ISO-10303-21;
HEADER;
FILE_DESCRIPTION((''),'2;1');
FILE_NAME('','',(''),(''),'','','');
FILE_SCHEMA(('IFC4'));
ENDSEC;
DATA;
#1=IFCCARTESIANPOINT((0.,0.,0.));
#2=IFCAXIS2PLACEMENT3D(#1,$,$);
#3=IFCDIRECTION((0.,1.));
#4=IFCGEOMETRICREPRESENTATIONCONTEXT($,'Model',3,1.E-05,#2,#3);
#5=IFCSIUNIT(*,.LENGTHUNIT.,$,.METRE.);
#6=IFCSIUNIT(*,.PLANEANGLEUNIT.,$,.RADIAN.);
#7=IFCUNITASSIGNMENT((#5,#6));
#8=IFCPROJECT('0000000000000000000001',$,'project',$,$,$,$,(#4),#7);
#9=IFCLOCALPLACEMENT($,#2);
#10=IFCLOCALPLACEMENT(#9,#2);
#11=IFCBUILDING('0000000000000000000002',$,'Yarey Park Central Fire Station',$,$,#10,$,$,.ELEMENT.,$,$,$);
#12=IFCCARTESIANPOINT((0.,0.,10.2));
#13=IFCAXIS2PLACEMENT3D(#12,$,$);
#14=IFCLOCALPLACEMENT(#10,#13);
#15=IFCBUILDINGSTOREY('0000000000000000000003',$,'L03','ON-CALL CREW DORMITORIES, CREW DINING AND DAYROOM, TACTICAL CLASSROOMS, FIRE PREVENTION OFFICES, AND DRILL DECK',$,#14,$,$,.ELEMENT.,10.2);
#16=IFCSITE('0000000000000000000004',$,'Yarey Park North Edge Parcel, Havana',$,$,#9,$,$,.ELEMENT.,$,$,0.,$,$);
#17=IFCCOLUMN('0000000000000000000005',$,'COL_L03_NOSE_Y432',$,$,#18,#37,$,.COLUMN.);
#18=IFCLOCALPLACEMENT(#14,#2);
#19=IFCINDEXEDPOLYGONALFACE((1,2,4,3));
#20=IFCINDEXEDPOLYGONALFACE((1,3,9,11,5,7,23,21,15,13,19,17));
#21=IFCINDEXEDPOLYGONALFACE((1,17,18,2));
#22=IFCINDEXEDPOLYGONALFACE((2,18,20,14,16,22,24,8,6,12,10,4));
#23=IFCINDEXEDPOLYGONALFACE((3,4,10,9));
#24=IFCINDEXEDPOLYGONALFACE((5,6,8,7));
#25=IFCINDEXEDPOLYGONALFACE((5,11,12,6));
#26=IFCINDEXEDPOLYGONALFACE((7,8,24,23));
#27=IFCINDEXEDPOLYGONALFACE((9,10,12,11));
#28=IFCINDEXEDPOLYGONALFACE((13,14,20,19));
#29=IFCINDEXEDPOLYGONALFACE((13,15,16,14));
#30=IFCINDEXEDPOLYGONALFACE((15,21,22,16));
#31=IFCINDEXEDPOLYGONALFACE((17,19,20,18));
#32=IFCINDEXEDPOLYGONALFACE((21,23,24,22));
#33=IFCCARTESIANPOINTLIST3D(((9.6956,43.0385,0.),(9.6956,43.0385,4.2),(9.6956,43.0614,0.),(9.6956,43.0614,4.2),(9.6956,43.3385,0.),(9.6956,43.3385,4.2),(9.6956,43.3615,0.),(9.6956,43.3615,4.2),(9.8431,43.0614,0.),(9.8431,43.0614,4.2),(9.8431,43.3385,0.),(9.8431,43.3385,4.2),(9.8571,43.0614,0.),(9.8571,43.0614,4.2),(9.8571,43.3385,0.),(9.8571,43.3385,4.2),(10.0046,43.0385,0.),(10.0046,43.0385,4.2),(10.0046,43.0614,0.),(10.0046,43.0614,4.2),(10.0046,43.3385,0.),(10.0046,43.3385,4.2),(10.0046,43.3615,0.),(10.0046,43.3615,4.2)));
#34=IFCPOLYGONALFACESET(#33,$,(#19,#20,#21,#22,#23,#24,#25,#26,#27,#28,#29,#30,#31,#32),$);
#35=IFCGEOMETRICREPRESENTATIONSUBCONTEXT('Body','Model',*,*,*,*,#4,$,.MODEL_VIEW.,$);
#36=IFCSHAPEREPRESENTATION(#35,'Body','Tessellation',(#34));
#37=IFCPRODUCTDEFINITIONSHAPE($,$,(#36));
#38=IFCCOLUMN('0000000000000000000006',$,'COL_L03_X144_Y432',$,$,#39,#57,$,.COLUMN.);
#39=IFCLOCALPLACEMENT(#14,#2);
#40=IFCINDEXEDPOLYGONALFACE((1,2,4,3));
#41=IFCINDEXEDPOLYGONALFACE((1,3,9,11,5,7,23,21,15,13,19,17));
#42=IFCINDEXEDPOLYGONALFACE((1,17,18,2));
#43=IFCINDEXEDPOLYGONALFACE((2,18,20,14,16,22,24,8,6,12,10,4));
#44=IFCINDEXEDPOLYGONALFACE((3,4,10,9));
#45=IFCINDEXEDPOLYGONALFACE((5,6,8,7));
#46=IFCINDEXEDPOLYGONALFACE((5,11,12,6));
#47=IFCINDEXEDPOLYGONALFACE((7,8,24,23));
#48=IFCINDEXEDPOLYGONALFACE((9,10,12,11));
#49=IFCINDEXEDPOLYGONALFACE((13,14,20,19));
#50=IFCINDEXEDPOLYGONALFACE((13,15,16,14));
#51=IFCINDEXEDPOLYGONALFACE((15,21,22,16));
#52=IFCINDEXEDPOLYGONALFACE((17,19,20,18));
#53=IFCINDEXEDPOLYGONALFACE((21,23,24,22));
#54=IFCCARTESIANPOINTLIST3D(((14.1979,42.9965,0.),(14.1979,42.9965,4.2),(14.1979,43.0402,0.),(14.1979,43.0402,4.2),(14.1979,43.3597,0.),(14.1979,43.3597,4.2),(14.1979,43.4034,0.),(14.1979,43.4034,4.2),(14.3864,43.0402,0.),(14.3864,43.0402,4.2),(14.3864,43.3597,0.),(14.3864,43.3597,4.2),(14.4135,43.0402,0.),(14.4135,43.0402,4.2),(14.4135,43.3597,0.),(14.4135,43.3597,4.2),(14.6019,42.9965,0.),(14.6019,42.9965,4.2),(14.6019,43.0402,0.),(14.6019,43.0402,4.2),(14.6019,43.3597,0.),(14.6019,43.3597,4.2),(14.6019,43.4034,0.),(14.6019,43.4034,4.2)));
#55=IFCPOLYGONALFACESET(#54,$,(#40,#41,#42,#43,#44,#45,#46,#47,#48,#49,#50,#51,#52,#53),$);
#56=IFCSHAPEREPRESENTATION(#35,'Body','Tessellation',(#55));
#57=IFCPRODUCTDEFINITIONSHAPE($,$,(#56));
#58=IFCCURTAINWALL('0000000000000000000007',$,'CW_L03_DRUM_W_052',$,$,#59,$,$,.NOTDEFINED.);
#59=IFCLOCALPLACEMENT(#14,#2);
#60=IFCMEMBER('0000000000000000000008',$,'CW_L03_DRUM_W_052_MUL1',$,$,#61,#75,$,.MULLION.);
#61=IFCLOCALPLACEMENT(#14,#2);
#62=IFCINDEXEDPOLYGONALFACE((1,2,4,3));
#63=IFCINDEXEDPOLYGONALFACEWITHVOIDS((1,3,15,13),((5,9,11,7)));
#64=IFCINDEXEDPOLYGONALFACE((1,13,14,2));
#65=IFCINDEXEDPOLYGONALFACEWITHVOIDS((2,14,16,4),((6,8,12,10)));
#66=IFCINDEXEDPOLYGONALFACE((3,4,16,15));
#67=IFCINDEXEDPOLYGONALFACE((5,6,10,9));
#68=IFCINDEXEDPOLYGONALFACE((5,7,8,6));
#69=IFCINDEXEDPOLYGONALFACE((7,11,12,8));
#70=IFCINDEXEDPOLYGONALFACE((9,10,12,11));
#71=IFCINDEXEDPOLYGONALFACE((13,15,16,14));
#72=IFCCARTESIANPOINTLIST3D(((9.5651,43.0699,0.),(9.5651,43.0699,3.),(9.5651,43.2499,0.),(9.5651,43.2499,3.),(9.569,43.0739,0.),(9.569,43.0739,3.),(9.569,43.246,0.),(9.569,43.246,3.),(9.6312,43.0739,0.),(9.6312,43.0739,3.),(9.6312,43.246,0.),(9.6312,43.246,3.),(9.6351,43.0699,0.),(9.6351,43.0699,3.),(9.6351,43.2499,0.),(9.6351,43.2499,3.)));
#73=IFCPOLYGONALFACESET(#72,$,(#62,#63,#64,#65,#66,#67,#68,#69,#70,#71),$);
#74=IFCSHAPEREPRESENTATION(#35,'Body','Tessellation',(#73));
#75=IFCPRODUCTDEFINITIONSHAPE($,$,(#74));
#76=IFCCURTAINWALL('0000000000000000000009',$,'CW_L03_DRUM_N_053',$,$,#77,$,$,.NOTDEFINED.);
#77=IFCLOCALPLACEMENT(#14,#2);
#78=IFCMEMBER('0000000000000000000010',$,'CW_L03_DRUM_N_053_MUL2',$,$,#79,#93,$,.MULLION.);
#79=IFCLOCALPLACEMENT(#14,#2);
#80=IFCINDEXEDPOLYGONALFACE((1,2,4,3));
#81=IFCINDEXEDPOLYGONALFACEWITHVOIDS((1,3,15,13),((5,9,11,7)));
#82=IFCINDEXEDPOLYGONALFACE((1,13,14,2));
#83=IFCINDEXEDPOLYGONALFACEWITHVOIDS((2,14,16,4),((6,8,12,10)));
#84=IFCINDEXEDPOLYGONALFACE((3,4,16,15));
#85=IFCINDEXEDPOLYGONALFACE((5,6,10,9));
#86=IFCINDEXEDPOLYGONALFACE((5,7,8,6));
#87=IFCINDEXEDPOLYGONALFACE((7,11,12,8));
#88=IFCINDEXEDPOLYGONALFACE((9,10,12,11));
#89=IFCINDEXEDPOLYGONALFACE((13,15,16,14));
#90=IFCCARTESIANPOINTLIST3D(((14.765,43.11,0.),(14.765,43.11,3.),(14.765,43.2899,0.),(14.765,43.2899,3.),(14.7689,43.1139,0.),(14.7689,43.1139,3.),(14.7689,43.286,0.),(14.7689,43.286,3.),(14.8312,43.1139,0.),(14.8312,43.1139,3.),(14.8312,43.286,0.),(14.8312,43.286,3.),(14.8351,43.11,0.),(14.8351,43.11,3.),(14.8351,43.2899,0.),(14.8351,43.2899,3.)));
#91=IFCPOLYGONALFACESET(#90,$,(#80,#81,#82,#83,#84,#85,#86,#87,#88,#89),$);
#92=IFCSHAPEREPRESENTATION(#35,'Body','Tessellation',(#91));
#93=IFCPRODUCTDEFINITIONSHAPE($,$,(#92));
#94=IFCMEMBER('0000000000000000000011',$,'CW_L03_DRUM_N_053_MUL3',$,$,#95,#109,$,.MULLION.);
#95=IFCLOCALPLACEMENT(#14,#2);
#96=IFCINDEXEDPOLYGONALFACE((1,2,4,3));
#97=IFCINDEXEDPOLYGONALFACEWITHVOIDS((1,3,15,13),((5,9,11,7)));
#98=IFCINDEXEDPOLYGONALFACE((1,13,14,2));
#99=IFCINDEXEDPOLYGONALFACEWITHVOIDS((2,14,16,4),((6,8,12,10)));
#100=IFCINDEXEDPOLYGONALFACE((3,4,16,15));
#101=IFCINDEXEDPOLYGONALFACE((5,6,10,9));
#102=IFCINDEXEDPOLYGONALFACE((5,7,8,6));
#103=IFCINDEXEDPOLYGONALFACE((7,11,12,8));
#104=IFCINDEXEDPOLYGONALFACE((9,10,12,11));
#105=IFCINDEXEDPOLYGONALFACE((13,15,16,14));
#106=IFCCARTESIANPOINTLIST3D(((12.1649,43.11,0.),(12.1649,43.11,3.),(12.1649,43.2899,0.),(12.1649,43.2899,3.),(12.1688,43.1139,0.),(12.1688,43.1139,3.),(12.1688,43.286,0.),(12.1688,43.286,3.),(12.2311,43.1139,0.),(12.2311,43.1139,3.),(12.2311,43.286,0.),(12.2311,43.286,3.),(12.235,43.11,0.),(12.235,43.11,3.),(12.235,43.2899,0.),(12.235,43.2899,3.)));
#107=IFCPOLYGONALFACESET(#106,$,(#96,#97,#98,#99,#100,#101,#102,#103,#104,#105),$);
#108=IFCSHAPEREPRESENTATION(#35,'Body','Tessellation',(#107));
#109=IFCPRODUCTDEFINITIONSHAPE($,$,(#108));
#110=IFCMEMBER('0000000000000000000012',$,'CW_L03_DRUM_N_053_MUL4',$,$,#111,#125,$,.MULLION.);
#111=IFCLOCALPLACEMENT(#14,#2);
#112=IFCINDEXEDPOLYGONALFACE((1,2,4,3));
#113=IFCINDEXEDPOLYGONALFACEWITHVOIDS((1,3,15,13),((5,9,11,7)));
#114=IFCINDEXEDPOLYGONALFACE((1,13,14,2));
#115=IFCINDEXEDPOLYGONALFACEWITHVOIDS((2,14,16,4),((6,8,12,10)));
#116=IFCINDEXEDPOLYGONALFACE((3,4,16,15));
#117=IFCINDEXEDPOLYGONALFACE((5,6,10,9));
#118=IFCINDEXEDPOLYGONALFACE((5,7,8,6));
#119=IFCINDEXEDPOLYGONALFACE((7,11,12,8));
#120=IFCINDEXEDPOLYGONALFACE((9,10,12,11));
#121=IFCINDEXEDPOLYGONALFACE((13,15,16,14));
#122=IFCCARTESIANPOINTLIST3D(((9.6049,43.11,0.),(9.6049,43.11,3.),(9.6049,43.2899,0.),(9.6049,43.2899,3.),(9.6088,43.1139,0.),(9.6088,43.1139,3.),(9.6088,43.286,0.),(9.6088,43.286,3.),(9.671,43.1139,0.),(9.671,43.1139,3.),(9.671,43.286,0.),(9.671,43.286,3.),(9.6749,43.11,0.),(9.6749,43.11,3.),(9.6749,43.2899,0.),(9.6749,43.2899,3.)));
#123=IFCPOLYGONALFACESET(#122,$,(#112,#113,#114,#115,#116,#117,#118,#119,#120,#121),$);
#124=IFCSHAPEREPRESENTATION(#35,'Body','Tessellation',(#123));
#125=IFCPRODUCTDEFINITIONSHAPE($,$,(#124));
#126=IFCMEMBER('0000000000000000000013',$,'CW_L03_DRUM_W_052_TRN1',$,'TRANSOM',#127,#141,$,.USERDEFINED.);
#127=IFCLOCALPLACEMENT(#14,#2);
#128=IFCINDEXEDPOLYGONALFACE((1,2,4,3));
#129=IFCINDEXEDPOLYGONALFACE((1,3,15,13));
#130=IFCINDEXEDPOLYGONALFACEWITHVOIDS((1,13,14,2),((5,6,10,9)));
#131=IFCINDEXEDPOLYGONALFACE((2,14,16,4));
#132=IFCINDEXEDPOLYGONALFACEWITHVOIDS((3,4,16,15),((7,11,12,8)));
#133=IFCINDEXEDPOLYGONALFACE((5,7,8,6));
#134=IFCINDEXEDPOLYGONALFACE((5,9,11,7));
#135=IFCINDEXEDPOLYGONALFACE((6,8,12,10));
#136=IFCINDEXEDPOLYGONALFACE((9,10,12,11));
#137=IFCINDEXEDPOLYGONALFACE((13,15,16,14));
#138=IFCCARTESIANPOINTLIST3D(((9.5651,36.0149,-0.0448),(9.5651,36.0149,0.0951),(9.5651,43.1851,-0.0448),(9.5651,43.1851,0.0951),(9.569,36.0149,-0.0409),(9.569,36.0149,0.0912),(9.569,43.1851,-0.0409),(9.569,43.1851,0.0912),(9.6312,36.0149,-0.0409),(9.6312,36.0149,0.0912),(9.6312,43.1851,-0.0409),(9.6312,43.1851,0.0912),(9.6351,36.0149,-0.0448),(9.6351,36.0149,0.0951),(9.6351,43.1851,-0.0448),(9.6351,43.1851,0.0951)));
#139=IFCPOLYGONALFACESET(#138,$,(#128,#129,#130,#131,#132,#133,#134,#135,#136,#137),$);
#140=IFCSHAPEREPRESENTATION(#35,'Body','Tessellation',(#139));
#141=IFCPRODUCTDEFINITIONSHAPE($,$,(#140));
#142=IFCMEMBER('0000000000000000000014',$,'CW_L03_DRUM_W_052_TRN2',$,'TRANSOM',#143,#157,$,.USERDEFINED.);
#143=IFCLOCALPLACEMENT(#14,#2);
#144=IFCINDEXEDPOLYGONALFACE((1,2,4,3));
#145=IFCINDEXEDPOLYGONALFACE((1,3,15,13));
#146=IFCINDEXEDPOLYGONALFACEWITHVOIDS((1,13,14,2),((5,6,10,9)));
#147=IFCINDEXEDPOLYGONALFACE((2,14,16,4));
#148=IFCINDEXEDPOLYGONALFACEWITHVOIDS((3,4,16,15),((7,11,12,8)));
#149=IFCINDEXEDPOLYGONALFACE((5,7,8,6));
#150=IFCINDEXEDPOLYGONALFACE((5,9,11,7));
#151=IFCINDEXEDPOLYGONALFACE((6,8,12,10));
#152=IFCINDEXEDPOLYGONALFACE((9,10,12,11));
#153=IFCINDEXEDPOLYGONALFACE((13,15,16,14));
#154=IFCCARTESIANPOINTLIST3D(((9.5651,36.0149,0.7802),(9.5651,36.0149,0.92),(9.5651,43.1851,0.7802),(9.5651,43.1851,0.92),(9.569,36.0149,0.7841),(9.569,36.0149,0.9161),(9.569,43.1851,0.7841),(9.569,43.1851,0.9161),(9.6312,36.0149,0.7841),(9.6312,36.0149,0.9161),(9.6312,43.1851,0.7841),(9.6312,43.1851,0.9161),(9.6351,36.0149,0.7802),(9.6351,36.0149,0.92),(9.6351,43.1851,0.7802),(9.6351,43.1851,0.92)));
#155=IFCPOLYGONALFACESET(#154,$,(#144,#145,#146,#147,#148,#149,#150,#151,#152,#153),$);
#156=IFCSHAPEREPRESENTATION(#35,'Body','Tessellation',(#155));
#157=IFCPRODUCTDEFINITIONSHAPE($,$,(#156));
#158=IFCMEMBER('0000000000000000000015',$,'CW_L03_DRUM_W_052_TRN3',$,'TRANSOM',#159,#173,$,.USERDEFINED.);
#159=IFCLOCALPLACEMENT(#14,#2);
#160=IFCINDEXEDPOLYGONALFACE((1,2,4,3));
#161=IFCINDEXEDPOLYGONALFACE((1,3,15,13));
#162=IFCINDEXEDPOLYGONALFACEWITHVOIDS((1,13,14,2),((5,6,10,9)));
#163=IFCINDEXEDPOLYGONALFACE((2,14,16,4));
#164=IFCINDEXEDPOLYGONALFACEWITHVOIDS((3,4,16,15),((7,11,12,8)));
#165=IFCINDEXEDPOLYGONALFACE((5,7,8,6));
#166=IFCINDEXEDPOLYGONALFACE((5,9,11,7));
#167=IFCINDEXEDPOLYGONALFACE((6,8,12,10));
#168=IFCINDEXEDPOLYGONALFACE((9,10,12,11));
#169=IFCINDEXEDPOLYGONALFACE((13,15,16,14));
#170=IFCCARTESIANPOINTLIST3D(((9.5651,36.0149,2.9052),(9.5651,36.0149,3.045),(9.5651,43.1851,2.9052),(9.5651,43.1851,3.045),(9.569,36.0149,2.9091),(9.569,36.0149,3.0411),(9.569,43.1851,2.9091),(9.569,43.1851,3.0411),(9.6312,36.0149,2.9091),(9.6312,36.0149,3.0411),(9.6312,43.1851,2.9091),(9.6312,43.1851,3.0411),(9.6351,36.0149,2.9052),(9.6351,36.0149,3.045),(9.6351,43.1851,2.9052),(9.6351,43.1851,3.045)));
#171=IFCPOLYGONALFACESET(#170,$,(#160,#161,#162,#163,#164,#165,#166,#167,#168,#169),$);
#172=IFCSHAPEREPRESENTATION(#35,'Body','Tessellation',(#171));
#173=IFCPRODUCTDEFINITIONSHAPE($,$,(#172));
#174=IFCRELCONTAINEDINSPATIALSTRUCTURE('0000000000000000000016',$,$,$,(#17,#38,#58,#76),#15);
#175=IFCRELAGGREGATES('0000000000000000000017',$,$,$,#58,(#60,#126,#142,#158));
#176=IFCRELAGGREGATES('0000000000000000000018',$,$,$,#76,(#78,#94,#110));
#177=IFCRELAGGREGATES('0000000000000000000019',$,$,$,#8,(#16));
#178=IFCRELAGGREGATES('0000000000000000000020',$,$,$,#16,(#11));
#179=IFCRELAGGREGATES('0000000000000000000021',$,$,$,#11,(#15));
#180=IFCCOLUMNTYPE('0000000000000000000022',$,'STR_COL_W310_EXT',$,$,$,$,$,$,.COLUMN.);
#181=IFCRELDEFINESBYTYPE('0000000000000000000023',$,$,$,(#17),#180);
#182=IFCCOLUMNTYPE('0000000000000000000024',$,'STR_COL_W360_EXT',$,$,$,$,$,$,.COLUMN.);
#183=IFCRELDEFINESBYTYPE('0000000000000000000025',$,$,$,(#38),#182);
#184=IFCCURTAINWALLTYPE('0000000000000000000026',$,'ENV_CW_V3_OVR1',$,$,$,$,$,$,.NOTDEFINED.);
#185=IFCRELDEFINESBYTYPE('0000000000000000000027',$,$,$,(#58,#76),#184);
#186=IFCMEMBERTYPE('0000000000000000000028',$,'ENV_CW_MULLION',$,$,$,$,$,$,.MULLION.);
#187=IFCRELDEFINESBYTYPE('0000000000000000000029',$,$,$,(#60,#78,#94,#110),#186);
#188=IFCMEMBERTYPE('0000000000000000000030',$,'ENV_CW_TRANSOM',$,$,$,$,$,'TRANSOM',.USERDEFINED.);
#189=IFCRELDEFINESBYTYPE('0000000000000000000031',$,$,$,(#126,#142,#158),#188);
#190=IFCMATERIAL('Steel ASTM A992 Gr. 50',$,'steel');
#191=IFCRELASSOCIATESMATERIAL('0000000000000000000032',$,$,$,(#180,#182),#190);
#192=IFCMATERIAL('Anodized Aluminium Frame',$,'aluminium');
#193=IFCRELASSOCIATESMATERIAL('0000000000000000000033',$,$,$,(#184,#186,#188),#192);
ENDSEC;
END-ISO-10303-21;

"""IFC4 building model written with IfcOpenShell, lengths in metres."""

from ifc_helpers import new_model, si_unit, direction, frame, origin, origin_2d, place, context, subcontext, project, spatial, hollow_rectangle, i_section, extrude, material, material_profile, profile_set, type_object, element, aggregate, save


model = new_model("IFC4")

# Units and contexts
model_context = context("Model", 3, precision=1e-05, world=origin(), true_north=direction((0.0, 1.0)))
body_context = subcontext(model_context, "Body", "Model", "MODEL_VIEW")
ifc_project = project(units=[si_unit("LENGTHUNIT", "METRE"), si_unit("PLANEANGLEUNIT", "RADIAN")], contexts=[model_context])

# Site, building, storey
site_placement = place(None, origin())
site = spatial("IfcSite", under=ifc_project, at=site_placement, Name="Yarey Park North Edge Parcel, Havana", CompositionType="ELEMENT", RefElevation=0.0)
building_placement = place(site_placement, origin())
building = spatial("IfcBuilding", under=site, at=building_placement, Name="Yarey Park Central Fire Station", CompositionType="ELEMENT")
storey_placement = place(building_placement, frame((0.0, 0.0, 10.2)))
storey = spatial("IfcBuildingStorey", under=building, at=storey_placement, Name="L03", Description="ON-CALL CREW DORMITORIES, CREW DINING AND DAYROOM, TACTICAL CLASSROOMS, FIRE PREVENTION OFFICES, AND DRILL DECK", CompositionType="ELEMENT", Elevation=10.2)

# Columns
ifc_material_1 = material(Name="Steel ASTM A992 Gr. 50", Category="steel")
ifc_material_profile_1 = material_profile(ifc_material_1, i_section(OverallWidth=0.3091, OverallDepth=0.323, WebThickness=0.0139, FlangeThickness=0.0229, at=origin_2d()), Name="W310x143")
ifc_profile_set_1 = profile_set([ifc_material_profile_1], Name="Steel ASTM A992 Gr. 50")
column_type_1 = type_object("IfcColumnType", Name="STR_COL_W310_EXT", PredefinedType="COLUMN", material=ifc_profile_set_1)
column_1_placement = place(storey_placement, frame((9.8501, 43.2, 0.0), z_axis=(0.0, 0.0, 1.0), x_axis=(1.0, 0.0, 0.0)))
element("IfcColumn", 1, at=column_1_placement, inside=storey, type_object=column_type_1, Name="COL_L03_NOSE_Y432", PredefinedType="COLUMN", context=body_context, shape_type="SweptSolid", body=[
    extrude(i_section(OverallWidth=0.3091, OverallDepth=0.323, WebThickness=0.0139, FlangeThickness=0.0229, at=origin_2d()), origin(), (0.0, 0.0, 1.0), 4.2),
])
ifc_material_profile_2 = material_profile(ifc_material_1, i_section(OverallWidth=0.4041, OverallDepth=0.407, WebThickness=0.0271, FlangeThickness=0.0437, at=origin_2d()), Name="W360x347")
ifc_profile_set_2 = profile_set([ifc_material_profile_2], Name="Steel ASTM A992 Gr. 50")
column_type_2 = type_object("IfcColumnType", Name="STR_COL_W360_EXT", PredefinedType="COLUMN", material=ifc_profile_set_2)
column_2_placement = place(storey_placement, frame((14.3999, 43.2, 0.0), z_axis=(0.0, 0.0, 1.0), x_axis=(1.0, 0.0, 0.0)))
element("IfcColumn", 2, at=column_2_placement, inside=storey, type_object=column_type_2, Name="COL_L03_X144_Y432", PredefinedType="COLUMN", context=body_context, shape_type="SweptSolid", body=[
    extrude(i_section(OverallWidth=0.4041, OverallDepth=0.407, WebThickness=0.0271, FlangeThickness=0.0437, at=origin_2d()), origin(), (0.0, 0.0, 1.0), 4.2),
])

# Curtain wall, member
ifc_material_2 = material(Name="Anodized Aluminium Frame", Category="aluminium")
curtain_wall_type = type_object("IfcCurtainWallType", Name="ENV_CW_V3_OVR1", PredefinedType="NOTDEFINED", material=ifc_material_2)
curtain_wall_1_placement = place(storey_placement, origin())
curtain_wall_1 = element("IfcCurtainWall", 3, at=curtain_wall_1_placement, inside=storey, type_object=curtain_wall_type, Name="CW_L03_DRUM_W_052", PredefinedType="NOTDEFINED")
ifc_material_profile_3 = material_profile(ifc_material_2, hollow_rectangle(XDim=0.0701, YDim=0.1799, WallThickness=0.0039, at=origin_2d()), Name="ALU 180x70x4")
ifc_profile_set_3 = profile_set([ifc_material_profile_3], Name="Anodized Aluminium Frame")
member_type_1 = type_object("IfcMemberType", Name="ENV_CW_MULLION", PredefinedType="MULLION", material=ifc_profile_set_3)
member_1_placement = place(storey_placement, frame((9.6001, 43.1599, 0.0), z_axis=(0.0, 0.0, 1.0), x_axis=(1.0, 0.0, 0.0)))
member_1 = element("IfcMember", 4, at=member_1_placement, type_object=member_type_1, Name="CW_L03_DRUM_W_052_MUL1", PredefinedType="MULLION", context=body_context, shape_type="SweptSolid", body=[
    extrude(hollow_rectangle(XDim=0.0701, YDim=0.1799, WallThickness=0.0039, at=origin_2d()), origin(), (0.0, 0.0, 1.0), 3.0),
])

# Curtain wall, members
curtain_wall_2_placement = place(storey_placement, origin())
curtain_wall_2 = element("IfcCurtainWall", 5, at=curtain_wall_2_placement, inside=storey, type_object=curtain_wall_type, Name="CW_L03_DRUM_N_053", PredefinedType="NOTDEFINED")
member_2_placement = place(storey_placement, frame((14.8, 43.2, 0.0), z_axis=(0.0, 0.0, 1.0), x_axis=(1.0, 0.0, 0.0)))
member_2 = element("IfcMember", 6, at=member_2_placement, type_object=member_type_1, Name="CW_L03_DRUM_N_053_MUL2", PredefinedType="MULLION", context=body_context, shape_type="SweptSolid", body=[
    extrude(hollow_rectangle(XDim=0.0701, YDim=0.1799, WallThickness=0.0039, at=origin_2d()), origin(), (0.0, 0.0, 1.0), 3.0),
])
member_3_placement = place(storey_placement, frame((12.2, 43.2, 0.0), z_axis=(0.0, 0.0, 1.0), x_axis=(1.0, 0.0, 0.0)))
member_3 = element("IfcMember", 7, at=member_3_placement, type_object=member_type_1, Name="CW_L03_DRUM_N_053_MUL3", PredefinedType="MULLION", context=body_context, shape_type="SweptSolid", body=[
    extrude(hollow_rectangle(XDim=0.0701, YDim=0.1799, WallThickness=0.0039, at=origin_2d()), origin(), (0.0, 0.0, 1.0), 3.0),
])
member_4_placement = place(storey_placement, frame((9.6399, 43.2, 0.0), z_axis=(0.0, 0.0, 1.0), x_axis=(1.0, 0.0, 0.0)))
member_4 = element("IfcMember", 8, at=member_4_placement, type_object=member_type_1, Name="CW_L03_DRUM_N_053_MUL4", PredefinedType="MULLION", context=body_context, shape_type="SweptSolid", body=[
    extrude(hollow_rectangle(XDim=0.0701, YDim=0.1799, WallThickness=0.0039, at=origin_2d()), origin(), (0.0, 0.0, 1.0), 3.0),
])

# Members
ifc_material_profile_4 = material_profile(ifc_material_2, hollow_rectangle(XDim=0.0701, YDim=0.1399, WallThickness=0.0039, at=origin_2d()), Name="ALU 140x70x4")
ifc_profile_set_4 = profile_set([ifc_material_profile_4], Name="Anodized Aluminium Frame")
member_type_2 = type_object("IfcMemberType", Name="ENV_CW_TRANSOM", ElementType="TRANSOM", PredefinedType="USERDEFINED", material=ifc_profile_set_4)
member_5_placement = place(storey_placement, frame((9.6001, 43.1851, 0.0251), z_axis=(0.0, -1.0, 0.0), x_axis=(1.0, 0.0, 0.0)))
member_5 = element("IfcMember", 9, at=member_5_placement, type_object=member_type_2, Name="CW_L03_DRUM_W_052_TRN1", ObjectType="TRANSOM", PredefinedType="USERDEFINED", context=body_context, shape_type="SweptSolid", body=[
    extrude(hollow_rectangle(XDim=0.0701, YDim=0.1399, WallThickness=0.0039, at=origin_2d()), origin(), (0.0, 0.0, 1.0), 7.1702),
])
member_6_placement = place(storey_placement, frame((9.6001, 43.1851, 0.8501), z_axis=(0.0, -1.0, 0.0), x_axis=(1.0, 0.0, 0.0)))
member_6 = element("IfcMember", 10, at=member_6_placement, type_object=member_type_2, Name="CW_L03_DRUM_W_052_TRN2", ObjectType="TRANSOM", PredefinedType="USERDEFINED", context=body_context, shape_type="SweptSolid", body=[
    extrude(hollow_rectangle(XDim=0.0701, YDim=0.1399, WallThickness=0.0039, at=origin_2d()), origin(), (0.0, 0.0, 1.0), 7.1702),
])
member_7_placement = place(storey_placement, frame((9.6001, 43.1851, 2.9751), z_axis=(0.0, -1.0, 0.0), x_axis=(1.0, 0.0, 0.0)))
member_7 = element("IfcMember", 11, at=member_7_placement, type_object=member_type_2, Name="CW_L03_DRUM_W_052_TRN3", ObjectType="TRANSOM", PredefinedType="USERDEFINED", context=body_context, shape_type="SweptSolid", body=[
    extrude(hollow_rectangle(XDim=0.0701, YDim=0.1399, WallThickness=0.0039, at=origin_2d()), origin(), (0.0, 0.0, 1.0), 7.1702),
])
aggregate(curtain_wall_1, [member_1, member_5, member_6, member_7])

aggregate(curtain_wall_2, [member_2, member_3, member_4])

save(model, "model.ifc")
